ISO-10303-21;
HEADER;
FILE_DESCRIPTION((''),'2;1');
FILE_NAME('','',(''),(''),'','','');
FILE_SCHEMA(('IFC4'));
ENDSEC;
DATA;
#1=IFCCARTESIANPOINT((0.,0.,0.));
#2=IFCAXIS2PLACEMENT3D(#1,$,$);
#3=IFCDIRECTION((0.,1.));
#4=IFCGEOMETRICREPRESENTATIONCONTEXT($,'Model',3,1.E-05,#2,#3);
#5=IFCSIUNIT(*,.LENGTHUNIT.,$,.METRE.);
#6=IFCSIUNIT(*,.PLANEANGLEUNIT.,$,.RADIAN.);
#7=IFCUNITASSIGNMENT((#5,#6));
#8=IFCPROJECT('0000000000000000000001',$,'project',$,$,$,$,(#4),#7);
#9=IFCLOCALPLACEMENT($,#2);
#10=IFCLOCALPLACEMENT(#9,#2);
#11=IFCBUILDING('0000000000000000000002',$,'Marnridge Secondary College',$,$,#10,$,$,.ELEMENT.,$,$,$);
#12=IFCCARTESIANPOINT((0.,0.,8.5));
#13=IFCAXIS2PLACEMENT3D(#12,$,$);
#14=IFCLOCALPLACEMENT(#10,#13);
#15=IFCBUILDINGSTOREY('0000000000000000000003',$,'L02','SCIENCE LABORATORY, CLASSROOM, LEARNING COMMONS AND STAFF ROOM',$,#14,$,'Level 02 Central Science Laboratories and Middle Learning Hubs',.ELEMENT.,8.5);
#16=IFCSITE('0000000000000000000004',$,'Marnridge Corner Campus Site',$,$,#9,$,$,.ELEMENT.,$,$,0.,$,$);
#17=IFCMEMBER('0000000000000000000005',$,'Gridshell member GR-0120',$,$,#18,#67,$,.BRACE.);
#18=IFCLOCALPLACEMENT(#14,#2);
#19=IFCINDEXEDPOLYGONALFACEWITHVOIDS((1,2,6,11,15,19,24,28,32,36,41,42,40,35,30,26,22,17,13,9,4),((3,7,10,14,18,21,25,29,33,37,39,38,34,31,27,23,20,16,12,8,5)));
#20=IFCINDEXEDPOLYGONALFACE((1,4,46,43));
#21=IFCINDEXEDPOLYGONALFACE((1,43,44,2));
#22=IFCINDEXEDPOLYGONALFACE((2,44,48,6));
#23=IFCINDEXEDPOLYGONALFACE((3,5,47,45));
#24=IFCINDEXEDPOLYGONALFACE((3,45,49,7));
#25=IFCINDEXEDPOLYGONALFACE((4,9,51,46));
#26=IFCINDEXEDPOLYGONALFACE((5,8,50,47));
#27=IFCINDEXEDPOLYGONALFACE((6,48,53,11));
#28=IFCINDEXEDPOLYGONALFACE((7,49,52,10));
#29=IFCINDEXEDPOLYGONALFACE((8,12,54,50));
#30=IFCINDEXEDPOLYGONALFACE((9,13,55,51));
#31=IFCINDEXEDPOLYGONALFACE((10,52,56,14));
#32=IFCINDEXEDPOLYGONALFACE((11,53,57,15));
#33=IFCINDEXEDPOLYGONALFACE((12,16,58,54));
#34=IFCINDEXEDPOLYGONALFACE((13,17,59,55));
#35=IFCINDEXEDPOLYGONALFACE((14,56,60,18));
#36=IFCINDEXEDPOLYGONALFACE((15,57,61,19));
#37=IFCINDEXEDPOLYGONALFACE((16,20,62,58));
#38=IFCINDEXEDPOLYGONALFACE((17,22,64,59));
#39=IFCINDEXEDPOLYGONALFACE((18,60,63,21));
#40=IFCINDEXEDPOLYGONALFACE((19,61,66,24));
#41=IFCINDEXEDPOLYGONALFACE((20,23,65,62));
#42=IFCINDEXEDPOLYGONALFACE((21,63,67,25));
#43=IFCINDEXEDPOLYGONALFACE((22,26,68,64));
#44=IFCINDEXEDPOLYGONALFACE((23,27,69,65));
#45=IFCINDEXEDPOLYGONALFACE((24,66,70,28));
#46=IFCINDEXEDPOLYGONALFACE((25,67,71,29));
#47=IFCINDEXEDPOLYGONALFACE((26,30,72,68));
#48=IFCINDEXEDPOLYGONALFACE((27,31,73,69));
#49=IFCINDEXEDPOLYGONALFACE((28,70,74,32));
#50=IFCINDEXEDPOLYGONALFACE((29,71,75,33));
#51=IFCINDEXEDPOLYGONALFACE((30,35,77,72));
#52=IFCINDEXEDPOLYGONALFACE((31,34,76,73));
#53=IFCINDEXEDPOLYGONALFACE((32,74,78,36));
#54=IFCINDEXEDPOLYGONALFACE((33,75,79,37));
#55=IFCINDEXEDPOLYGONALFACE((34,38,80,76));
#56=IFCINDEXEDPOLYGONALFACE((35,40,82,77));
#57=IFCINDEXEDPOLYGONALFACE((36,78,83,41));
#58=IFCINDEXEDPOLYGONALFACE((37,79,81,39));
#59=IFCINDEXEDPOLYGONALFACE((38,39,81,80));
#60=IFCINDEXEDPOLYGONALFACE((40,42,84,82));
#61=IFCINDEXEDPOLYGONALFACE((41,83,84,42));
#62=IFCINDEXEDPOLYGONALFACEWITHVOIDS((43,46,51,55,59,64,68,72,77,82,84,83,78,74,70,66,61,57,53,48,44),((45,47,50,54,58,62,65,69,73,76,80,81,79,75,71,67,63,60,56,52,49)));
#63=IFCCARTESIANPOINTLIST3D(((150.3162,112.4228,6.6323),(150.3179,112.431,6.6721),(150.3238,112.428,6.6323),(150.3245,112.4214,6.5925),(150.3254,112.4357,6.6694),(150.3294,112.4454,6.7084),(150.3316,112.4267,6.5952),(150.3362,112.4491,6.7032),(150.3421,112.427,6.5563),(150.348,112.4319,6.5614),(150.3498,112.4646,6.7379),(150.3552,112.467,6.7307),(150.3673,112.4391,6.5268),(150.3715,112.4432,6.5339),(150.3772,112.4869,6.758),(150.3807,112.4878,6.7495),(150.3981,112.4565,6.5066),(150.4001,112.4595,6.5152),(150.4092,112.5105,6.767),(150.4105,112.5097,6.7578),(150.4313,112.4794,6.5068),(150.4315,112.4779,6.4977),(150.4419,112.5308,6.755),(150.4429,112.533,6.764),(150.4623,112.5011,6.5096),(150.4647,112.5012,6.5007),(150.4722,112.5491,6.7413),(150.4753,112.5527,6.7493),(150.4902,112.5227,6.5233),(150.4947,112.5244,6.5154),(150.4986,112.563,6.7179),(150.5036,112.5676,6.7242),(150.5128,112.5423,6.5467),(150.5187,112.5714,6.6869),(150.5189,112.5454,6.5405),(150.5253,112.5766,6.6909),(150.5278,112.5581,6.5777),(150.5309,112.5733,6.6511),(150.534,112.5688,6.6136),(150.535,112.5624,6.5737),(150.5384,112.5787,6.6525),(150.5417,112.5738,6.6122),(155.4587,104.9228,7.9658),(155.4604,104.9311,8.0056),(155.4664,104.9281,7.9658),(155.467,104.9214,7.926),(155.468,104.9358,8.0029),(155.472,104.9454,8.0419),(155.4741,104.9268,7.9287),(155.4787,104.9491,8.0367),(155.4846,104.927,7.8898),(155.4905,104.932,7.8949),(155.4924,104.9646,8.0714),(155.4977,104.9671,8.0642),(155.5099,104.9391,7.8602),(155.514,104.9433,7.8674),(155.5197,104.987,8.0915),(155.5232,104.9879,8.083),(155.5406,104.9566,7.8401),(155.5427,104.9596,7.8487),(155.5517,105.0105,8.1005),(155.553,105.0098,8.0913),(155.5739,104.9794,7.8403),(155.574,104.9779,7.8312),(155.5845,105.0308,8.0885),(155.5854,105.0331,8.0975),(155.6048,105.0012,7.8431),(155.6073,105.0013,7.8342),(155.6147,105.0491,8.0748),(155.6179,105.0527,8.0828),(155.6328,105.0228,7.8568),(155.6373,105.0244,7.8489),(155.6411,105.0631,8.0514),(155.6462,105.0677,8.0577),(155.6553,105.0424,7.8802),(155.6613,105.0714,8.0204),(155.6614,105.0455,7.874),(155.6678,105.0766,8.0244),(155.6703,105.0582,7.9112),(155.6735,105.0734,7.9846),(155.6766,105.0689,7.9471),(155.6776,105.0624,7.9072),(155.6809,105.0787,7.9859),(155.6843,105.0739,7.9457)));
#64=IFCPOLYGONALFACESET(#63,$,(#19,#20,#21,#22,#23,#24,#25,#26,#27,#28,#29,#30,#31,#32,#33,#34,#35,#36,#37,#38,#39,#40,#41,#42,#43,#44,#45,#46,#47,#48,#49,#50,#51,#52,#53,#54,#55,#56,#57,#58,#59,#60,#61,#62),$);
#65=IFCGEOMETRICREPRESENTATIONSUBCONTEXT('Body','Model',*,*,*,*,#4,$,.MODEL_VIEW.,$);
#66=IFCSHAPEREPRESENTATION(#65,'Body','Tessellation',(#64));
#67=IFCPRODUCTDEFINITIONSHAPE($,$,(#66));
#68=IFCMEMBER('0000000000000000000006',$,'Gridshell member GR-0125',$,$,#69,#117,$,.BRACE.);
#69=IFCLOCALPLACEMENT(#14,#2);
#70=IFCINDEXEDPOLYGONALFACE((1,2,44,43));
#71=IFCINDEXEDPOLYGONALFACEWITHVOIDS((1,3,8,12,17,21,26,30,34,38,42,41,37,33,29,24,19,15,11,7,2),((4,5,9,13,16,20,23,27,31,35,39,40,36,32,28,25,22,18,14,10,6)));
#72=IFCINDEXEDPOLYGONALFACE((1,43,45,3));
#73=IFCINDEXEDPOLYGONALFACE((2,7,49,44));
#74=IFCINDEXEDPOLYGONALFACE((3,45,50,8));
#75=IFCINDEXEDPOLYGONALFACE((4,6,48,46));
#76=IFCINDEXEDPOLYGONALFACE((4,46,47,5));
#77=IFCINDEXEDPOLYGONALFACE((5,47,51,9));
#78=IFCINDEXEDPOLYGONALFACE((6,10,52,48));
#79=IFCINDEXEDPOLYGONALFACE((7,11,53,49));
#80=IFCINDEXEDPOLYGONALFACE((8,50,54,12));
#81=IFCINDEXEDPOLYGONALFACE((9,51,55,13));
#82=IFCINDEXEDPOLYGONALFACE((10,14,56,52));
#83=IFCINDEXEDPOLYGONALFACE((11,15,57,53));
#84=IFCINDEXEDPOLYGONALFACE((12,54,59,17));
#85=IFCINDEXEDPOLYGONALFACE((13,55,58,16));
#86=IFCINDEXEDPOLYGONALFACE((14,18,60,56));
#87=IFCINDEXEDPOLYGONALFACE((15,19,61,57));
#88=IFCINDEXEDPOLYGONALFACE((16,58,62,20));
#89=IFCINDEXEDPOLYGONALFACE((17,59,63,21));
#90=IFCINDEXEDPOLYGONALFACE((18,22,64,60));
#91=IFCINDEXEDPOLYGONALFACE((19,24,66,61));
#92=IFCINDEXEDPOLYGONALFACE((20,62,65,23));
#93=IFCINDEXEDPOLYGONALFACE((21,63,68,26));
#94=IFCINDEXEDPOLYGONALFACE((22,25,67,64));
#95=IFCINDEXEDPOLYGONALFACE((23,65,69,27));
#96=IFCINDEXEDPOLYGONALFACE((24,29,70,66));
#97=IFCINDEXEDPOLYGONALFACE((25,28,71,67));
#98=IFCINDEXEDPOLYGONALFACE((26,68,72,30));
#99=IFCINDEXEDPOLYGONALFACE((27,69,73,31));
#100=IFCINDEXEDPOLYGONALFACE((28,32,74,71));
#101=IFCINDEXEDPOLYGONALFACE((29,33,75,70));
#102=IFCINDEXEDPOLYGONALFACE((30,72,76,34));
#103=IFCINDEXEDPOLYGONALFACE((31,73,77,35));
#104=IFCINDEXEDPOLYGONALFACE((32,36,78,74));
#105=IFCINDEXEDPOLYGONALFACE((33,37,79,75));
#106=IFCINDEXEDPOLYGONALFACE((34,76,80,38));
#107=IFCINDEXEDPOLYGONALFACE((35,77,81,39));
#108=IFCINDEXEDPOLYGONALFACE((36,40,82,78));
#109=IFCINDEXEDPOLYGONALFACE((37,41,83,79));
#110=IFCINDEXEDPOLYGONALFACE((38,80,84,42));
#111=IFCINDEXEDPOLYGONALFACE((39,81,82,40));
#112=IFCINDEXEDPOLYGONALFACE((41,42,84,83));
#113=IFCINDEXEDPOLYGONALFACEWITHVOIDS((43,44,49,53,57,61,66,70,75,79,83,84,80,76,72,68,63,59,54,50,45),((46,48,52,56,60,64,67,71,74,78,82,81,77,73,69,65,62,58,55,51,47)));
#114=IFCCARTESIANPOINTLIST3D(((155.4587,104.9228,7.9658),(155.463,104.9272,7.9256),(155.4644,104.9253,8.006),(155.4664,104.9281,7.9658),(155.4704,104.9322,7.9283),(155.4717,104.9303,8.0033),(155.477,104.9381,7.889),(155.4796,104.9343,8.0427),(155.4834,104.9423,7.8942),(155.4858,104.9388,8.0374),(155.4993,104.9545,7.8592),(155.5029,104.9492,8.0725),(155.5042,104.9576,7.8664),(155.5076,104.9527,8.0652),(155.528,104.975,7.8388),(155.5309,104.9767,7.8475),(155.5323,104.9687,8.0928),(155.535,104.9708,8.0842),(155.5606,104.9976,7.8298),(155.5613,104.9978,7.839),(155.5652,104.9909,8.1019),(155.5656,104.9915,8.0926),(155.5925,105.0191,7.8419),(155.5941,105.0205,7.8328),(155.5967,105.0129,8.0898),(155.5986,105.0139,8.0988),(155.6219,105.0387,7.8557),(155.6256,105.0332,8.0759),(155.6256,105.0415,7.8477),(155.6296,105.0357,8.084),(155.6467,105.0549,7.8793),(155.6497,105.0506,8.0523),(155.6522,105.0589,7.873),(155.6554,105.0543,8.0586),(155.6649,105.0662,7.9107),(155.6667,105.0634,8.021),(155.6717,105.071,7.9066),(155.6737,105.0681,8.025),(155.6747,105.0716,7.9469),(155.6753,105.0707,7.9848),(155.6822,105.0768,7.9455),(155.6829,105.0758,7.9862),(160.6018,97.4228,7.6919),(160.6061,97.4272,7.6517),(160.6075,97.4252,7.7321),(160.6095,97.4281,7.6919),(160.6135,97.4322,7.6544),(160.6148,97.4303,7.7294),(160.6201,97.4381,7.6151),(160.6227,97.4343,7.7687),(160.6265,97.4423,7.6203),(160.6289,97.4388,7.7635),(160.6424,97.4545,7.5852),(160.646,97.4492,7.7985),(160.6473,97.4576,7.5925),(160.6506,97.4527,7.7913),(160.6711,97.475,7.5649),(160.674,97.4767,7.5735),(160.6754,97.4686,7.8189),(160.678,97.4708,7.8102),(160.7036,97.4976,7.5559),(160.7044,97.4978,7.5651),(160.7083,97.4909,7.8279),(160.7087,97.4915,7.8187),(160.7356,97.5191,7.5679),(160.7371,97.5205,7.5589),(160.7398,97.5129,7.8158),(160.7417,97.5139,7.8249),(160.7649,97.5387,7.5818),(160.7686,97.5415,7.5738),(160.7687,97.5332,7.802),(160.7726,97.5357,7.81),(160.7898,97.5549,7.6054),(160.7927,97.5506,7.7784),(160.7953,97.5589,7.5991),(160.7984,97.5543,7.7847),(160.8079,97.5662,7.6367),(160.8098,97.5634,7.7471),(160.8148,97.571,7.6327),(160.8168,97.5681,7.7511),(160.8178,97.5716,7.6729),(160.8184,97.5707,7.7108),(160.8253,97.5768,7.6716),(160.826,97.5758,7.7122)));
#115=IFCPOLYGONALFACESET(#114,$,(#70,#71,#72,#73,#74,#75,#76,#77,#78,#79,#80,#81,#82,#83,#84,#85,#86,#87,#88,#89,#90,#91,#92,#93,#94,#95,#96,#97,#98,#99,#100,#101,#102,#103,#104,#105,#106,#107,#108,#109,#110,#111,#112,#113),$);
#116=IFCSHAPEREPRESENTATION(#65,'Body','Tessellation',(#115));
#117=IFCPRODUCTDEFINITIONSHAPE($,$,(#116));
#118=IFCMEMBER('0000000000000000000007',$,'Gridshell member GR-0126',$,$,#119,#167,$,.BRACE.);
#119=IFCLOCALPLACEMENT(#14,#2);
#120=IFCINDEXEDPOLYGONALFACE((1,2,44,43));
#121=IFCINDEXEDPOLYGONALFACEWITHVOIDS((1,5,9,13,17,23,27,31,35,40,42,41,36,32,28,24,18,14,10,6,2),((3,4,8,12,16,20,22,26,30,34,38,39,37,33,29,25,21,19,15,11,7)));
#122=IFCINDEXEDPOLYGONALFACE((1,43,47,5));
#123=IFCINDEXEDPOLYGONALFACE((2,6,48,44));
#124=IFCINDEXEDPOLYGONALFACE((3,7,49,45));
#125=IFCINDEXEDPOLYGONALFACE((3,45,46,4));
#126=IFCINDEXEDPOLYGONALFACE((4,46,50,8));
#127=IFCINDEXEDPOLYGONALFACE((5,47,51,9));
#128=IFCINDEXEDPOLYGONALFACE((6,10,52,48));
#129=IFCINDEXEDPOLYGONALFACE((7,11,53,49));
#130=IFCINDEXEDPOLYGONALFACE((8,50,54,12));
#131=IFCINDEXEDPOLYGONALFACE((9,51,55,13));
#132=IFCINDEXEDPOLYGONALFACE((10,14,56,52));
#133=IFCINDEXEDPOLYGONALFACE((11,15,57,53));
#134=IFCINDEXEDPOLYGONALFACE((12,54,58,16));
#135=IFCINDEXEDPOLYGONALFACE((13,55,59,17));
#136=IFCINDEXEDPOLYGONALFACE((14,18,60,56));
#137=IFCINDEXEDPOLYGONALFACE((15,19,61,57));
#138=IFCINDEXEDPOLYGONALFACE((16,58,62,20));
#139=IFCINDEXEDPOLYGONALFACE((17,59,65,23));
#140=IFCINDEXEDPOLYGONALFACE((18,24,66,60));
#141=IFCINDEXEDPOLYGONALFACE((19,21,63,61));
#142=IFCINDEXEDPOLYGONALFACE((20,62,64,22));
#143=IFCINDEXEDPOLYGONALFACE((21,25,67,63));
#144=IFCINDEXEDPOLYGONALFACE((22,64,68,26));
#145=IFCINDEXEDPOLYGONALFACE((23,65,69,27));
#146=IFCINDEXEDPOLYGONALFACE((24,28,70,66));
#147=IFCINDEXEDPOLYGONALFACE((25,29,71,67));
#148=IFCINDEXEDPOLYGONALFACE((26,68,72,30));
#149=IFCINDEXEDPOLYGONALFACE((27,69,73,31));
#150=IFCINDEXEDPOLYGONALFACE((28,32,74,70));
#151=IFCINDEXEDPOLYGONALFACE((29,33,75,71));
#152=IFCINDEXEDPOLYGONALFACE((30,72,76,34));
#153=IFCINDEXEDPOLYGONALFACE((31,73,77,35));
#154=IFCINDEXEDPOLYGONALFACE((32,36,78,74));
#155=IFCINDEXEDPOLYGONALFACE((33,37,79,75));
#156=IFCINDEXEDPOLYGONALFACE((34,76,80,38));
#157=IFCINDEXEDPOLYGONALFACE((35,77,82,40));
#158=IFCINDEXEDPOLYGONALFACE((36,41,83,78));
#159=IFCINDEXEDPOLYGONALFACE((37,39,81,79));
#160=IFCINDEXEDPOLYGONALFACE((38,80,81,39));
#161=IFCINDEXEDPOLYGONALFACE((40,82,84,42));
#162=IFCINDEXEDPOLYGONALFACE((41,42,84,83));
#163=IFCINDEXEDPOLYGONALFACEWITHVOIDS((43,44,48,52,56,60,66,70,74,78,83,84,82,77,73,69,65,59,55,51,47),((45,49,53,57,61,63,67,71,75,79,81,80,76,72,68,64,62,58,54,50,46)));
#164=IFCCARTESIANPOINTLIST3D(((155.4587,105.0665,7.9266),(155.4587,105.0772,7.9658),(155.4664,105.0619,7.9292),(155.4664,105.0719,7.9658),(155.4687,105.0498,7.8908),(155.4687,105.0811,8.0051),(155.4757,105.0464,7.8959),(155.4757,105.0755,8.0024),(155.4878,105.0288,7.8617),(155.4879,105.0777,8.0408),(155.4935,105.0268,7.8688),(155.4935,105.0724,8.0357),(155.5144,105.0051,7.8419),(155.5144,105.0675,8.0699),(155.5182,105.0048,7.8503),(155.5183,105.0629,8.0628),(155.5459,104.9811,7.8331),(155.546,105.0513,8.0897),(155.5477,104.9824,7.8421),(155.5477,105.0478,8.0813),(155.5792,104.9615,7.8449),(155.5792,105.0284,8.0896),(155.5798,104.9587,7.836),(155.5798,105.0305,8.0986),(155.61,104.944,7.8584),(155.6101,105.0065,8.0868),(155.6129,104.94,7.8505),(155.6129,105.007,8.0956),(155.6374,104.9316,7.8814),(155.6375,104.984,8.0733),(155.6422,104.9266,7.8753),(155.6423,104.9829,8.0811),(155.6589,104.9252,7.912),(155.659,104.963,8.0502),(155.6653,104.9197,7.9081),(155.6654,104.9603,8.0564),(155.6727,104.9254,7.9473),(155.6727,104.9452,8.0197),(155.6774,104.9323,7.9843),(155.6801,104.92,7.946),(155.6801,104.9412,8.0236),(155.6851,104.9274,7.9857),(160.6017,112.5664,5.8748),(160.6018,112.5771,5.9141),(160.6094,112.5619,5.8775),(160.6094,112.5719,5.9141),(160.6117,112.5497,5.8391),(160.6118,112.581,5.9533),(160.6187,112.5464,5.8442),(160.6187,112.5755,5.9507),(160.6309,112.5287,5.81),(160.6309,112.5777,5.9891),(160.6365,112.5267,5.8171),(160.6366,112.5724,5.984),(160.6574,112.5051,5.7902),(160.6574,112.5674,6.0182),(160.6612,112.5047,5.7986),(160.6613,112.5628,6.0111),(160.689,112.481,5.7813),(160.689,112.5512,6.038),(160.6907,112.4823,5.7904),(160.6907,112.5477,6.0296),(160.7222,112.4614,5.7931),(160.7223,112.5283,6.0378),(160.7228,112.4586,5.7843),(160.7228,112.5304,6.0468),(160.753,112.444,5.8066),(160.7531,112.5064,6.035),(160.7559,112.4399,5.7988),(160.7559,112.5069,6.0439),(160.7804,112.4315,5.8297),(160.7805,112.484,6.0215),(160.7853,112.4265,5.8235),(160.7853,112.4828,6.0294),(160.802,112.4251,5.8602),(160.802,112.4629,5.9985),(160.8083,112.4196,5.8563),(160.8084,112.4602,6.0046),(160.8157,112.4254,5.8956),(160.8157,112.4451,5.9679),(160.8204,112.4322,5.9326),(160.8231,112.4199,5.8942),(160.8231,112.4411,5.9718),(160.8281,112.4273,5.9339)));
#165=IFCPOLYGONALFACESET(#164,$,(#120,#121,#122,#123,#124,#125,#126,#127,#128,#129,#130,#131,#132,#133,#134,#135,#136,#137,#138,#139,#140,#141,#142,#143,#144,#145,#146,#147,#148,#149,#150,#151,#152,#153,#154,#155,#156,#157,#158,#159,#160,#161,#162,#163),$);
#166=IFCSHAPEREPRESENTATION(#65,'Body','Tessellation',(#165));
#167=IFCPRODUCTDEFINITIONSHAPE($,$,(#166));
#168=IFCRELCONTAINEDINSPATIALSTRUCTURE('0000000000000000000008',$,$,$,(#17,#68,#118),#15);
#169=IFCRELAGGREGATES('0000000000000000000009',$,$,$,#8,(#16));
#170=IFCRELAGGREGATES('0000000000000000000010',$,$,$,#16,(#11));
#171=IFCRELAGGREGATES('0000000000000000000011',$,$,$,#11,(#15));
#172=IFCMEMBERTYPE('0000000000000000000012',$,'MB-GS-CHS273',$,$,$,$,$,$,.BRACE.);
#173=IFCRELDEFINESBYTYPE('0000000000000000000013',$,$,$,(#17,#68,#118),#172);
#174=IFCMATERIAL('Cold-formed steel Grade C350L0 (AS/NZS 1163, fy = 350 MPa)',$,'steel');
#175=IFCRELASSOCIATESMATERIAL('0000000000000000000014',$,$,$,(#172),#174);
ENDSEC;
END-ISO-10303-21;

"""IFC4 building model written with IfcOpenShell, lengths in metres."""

from ifc_helpers import new_model, si_unit, direction, frame, origin, origin_2d, place, context, subcontext, project, spatial, hollow_circle, extrude, material, material_profile, profile_set, type_object, element, save


model = new_model("IFC4")

# Units and contexts
model_context = context("Model", 3, precision=1e-05, world=origin(), true_north=direction((0.0, 1.0)))
body_context = subcontext(model_context, "Body", "Model", "MODEL_VIEW")
ifc_project = project(units=[si_unit("LENGTHUNIT", "METRE"), si_unit("PLANEANGLEUNIT", "RADIAN")], contexts=[model_context])

# Site, building, storey
site_placement = place(None, origin())
site = spatial("IfcSite", under=ifc_project, at=site_placement, Name="Marnridge Corner Campus Site", CompositionType="ELEMENT", RefElevation=0.0)
building_placement = place(site_placement, origin())
building = spatial("IfcBuilding", under=site, at=building_placement, Name="Marnridge Secondary College", CompositionType="ELEMENT")
storey_placement = place(building_placement, frame((0.0, 0.0, 8.5)))
storey = spatial("IfcBuildingStorey", under=building, at=storey_placement, Name="L02", Description="SCIENCE LABORATORY, CLASSROOM, LEARNING COMMONS AND STAFF ROOM", LongName="Level 02 Central Science Laboratories and Middle Learning Hubs", CompositionType="ELEMENT", Elevation=8.5)

# Members
ifc_material_1 = material(Name="Cold-formed steel Grade C350L0 (AS/NZS 1163, fy = 350 MPa)", Category="steel")
ifc_material_profile_1 = material_profile(ifc_material_1, hollow_circle(Radius=0.1365, WallThickness=0.0093, at=origin_2d()), Name="273.1x9.3CHS")
ifc_profile_set_1 = profile_set([ifc_material_profile_1], Name="Cold-formed steel Grade C350L0 (AS/NZS 1163, fy = 350 MPa)")
member_type_1 = type_object("IfcMemberType", Name="MB-GS-CHS273", PredefinedType="BRACE", material=ifc_profile_set_1)
member_1_placement = place(storey_placement, frame((155.5713, 105.0, 7.9658), z_axis=(-0.559524, 0.816016, -0.145087), x_axis=(-0.824743, -0.565507, 0.0)))
element("IfcMember", 1, at=member_1_placement, inside=storey, type_object=member_type_1, Name="Gridshell member GR-0120", PredefinedType="BRACE", context=body_context, shape_type="SweptSolid", body=[
    extrude(hollow_circle(Radius=0.1365, WallThickness=0.0093, at=origin_2d()), origin(), (0.0, 0.0, 1.0), 9.1909),
])
member_2_placement = place(storey_placement, frame((160.7144, 97.5, 7.6919), z_axis=(-0.565288, 0.824344, 0.030108), x_axis=(-0.824718, -0.565544, 0.0)))
element("IfcMember", 2, at=member_2_placement, inside=storey, type_object=member_type_1, Name="Gridshell member GR-0125", PredefinedType="BRACE", context=body_context, shape_type="SweptSolid", body=[
    extrude(hollow_circle(Radius=0.1365, WallThickness=0.0093, at=origin_2d()), origin(), (0.0, 0.0, 1.0), 9.0981),
])
member_3_placement = place(storey_placement, frame((155.5713, 105.0, 7.9658), z_axis=(0.551677, 0.804497, -0.220084), x_axis=(-0.824718, 0.565544, 0.0)))
element("IfcMember", 3, at=member_3_placement, inside=storey, type_object=member_type_1, Name="Gridshell member GR-0126", PredefinedType="BRACE", context=body_context, shape_type="SweptSolid", body=[
    extrude(hollow_circle(Radius=0.1365, WallThickness=0.0093, at=origin_2d()), origin(), (0.0, 0.0, 1.0), 9.3225),
])

save(model, "model.ifc")
